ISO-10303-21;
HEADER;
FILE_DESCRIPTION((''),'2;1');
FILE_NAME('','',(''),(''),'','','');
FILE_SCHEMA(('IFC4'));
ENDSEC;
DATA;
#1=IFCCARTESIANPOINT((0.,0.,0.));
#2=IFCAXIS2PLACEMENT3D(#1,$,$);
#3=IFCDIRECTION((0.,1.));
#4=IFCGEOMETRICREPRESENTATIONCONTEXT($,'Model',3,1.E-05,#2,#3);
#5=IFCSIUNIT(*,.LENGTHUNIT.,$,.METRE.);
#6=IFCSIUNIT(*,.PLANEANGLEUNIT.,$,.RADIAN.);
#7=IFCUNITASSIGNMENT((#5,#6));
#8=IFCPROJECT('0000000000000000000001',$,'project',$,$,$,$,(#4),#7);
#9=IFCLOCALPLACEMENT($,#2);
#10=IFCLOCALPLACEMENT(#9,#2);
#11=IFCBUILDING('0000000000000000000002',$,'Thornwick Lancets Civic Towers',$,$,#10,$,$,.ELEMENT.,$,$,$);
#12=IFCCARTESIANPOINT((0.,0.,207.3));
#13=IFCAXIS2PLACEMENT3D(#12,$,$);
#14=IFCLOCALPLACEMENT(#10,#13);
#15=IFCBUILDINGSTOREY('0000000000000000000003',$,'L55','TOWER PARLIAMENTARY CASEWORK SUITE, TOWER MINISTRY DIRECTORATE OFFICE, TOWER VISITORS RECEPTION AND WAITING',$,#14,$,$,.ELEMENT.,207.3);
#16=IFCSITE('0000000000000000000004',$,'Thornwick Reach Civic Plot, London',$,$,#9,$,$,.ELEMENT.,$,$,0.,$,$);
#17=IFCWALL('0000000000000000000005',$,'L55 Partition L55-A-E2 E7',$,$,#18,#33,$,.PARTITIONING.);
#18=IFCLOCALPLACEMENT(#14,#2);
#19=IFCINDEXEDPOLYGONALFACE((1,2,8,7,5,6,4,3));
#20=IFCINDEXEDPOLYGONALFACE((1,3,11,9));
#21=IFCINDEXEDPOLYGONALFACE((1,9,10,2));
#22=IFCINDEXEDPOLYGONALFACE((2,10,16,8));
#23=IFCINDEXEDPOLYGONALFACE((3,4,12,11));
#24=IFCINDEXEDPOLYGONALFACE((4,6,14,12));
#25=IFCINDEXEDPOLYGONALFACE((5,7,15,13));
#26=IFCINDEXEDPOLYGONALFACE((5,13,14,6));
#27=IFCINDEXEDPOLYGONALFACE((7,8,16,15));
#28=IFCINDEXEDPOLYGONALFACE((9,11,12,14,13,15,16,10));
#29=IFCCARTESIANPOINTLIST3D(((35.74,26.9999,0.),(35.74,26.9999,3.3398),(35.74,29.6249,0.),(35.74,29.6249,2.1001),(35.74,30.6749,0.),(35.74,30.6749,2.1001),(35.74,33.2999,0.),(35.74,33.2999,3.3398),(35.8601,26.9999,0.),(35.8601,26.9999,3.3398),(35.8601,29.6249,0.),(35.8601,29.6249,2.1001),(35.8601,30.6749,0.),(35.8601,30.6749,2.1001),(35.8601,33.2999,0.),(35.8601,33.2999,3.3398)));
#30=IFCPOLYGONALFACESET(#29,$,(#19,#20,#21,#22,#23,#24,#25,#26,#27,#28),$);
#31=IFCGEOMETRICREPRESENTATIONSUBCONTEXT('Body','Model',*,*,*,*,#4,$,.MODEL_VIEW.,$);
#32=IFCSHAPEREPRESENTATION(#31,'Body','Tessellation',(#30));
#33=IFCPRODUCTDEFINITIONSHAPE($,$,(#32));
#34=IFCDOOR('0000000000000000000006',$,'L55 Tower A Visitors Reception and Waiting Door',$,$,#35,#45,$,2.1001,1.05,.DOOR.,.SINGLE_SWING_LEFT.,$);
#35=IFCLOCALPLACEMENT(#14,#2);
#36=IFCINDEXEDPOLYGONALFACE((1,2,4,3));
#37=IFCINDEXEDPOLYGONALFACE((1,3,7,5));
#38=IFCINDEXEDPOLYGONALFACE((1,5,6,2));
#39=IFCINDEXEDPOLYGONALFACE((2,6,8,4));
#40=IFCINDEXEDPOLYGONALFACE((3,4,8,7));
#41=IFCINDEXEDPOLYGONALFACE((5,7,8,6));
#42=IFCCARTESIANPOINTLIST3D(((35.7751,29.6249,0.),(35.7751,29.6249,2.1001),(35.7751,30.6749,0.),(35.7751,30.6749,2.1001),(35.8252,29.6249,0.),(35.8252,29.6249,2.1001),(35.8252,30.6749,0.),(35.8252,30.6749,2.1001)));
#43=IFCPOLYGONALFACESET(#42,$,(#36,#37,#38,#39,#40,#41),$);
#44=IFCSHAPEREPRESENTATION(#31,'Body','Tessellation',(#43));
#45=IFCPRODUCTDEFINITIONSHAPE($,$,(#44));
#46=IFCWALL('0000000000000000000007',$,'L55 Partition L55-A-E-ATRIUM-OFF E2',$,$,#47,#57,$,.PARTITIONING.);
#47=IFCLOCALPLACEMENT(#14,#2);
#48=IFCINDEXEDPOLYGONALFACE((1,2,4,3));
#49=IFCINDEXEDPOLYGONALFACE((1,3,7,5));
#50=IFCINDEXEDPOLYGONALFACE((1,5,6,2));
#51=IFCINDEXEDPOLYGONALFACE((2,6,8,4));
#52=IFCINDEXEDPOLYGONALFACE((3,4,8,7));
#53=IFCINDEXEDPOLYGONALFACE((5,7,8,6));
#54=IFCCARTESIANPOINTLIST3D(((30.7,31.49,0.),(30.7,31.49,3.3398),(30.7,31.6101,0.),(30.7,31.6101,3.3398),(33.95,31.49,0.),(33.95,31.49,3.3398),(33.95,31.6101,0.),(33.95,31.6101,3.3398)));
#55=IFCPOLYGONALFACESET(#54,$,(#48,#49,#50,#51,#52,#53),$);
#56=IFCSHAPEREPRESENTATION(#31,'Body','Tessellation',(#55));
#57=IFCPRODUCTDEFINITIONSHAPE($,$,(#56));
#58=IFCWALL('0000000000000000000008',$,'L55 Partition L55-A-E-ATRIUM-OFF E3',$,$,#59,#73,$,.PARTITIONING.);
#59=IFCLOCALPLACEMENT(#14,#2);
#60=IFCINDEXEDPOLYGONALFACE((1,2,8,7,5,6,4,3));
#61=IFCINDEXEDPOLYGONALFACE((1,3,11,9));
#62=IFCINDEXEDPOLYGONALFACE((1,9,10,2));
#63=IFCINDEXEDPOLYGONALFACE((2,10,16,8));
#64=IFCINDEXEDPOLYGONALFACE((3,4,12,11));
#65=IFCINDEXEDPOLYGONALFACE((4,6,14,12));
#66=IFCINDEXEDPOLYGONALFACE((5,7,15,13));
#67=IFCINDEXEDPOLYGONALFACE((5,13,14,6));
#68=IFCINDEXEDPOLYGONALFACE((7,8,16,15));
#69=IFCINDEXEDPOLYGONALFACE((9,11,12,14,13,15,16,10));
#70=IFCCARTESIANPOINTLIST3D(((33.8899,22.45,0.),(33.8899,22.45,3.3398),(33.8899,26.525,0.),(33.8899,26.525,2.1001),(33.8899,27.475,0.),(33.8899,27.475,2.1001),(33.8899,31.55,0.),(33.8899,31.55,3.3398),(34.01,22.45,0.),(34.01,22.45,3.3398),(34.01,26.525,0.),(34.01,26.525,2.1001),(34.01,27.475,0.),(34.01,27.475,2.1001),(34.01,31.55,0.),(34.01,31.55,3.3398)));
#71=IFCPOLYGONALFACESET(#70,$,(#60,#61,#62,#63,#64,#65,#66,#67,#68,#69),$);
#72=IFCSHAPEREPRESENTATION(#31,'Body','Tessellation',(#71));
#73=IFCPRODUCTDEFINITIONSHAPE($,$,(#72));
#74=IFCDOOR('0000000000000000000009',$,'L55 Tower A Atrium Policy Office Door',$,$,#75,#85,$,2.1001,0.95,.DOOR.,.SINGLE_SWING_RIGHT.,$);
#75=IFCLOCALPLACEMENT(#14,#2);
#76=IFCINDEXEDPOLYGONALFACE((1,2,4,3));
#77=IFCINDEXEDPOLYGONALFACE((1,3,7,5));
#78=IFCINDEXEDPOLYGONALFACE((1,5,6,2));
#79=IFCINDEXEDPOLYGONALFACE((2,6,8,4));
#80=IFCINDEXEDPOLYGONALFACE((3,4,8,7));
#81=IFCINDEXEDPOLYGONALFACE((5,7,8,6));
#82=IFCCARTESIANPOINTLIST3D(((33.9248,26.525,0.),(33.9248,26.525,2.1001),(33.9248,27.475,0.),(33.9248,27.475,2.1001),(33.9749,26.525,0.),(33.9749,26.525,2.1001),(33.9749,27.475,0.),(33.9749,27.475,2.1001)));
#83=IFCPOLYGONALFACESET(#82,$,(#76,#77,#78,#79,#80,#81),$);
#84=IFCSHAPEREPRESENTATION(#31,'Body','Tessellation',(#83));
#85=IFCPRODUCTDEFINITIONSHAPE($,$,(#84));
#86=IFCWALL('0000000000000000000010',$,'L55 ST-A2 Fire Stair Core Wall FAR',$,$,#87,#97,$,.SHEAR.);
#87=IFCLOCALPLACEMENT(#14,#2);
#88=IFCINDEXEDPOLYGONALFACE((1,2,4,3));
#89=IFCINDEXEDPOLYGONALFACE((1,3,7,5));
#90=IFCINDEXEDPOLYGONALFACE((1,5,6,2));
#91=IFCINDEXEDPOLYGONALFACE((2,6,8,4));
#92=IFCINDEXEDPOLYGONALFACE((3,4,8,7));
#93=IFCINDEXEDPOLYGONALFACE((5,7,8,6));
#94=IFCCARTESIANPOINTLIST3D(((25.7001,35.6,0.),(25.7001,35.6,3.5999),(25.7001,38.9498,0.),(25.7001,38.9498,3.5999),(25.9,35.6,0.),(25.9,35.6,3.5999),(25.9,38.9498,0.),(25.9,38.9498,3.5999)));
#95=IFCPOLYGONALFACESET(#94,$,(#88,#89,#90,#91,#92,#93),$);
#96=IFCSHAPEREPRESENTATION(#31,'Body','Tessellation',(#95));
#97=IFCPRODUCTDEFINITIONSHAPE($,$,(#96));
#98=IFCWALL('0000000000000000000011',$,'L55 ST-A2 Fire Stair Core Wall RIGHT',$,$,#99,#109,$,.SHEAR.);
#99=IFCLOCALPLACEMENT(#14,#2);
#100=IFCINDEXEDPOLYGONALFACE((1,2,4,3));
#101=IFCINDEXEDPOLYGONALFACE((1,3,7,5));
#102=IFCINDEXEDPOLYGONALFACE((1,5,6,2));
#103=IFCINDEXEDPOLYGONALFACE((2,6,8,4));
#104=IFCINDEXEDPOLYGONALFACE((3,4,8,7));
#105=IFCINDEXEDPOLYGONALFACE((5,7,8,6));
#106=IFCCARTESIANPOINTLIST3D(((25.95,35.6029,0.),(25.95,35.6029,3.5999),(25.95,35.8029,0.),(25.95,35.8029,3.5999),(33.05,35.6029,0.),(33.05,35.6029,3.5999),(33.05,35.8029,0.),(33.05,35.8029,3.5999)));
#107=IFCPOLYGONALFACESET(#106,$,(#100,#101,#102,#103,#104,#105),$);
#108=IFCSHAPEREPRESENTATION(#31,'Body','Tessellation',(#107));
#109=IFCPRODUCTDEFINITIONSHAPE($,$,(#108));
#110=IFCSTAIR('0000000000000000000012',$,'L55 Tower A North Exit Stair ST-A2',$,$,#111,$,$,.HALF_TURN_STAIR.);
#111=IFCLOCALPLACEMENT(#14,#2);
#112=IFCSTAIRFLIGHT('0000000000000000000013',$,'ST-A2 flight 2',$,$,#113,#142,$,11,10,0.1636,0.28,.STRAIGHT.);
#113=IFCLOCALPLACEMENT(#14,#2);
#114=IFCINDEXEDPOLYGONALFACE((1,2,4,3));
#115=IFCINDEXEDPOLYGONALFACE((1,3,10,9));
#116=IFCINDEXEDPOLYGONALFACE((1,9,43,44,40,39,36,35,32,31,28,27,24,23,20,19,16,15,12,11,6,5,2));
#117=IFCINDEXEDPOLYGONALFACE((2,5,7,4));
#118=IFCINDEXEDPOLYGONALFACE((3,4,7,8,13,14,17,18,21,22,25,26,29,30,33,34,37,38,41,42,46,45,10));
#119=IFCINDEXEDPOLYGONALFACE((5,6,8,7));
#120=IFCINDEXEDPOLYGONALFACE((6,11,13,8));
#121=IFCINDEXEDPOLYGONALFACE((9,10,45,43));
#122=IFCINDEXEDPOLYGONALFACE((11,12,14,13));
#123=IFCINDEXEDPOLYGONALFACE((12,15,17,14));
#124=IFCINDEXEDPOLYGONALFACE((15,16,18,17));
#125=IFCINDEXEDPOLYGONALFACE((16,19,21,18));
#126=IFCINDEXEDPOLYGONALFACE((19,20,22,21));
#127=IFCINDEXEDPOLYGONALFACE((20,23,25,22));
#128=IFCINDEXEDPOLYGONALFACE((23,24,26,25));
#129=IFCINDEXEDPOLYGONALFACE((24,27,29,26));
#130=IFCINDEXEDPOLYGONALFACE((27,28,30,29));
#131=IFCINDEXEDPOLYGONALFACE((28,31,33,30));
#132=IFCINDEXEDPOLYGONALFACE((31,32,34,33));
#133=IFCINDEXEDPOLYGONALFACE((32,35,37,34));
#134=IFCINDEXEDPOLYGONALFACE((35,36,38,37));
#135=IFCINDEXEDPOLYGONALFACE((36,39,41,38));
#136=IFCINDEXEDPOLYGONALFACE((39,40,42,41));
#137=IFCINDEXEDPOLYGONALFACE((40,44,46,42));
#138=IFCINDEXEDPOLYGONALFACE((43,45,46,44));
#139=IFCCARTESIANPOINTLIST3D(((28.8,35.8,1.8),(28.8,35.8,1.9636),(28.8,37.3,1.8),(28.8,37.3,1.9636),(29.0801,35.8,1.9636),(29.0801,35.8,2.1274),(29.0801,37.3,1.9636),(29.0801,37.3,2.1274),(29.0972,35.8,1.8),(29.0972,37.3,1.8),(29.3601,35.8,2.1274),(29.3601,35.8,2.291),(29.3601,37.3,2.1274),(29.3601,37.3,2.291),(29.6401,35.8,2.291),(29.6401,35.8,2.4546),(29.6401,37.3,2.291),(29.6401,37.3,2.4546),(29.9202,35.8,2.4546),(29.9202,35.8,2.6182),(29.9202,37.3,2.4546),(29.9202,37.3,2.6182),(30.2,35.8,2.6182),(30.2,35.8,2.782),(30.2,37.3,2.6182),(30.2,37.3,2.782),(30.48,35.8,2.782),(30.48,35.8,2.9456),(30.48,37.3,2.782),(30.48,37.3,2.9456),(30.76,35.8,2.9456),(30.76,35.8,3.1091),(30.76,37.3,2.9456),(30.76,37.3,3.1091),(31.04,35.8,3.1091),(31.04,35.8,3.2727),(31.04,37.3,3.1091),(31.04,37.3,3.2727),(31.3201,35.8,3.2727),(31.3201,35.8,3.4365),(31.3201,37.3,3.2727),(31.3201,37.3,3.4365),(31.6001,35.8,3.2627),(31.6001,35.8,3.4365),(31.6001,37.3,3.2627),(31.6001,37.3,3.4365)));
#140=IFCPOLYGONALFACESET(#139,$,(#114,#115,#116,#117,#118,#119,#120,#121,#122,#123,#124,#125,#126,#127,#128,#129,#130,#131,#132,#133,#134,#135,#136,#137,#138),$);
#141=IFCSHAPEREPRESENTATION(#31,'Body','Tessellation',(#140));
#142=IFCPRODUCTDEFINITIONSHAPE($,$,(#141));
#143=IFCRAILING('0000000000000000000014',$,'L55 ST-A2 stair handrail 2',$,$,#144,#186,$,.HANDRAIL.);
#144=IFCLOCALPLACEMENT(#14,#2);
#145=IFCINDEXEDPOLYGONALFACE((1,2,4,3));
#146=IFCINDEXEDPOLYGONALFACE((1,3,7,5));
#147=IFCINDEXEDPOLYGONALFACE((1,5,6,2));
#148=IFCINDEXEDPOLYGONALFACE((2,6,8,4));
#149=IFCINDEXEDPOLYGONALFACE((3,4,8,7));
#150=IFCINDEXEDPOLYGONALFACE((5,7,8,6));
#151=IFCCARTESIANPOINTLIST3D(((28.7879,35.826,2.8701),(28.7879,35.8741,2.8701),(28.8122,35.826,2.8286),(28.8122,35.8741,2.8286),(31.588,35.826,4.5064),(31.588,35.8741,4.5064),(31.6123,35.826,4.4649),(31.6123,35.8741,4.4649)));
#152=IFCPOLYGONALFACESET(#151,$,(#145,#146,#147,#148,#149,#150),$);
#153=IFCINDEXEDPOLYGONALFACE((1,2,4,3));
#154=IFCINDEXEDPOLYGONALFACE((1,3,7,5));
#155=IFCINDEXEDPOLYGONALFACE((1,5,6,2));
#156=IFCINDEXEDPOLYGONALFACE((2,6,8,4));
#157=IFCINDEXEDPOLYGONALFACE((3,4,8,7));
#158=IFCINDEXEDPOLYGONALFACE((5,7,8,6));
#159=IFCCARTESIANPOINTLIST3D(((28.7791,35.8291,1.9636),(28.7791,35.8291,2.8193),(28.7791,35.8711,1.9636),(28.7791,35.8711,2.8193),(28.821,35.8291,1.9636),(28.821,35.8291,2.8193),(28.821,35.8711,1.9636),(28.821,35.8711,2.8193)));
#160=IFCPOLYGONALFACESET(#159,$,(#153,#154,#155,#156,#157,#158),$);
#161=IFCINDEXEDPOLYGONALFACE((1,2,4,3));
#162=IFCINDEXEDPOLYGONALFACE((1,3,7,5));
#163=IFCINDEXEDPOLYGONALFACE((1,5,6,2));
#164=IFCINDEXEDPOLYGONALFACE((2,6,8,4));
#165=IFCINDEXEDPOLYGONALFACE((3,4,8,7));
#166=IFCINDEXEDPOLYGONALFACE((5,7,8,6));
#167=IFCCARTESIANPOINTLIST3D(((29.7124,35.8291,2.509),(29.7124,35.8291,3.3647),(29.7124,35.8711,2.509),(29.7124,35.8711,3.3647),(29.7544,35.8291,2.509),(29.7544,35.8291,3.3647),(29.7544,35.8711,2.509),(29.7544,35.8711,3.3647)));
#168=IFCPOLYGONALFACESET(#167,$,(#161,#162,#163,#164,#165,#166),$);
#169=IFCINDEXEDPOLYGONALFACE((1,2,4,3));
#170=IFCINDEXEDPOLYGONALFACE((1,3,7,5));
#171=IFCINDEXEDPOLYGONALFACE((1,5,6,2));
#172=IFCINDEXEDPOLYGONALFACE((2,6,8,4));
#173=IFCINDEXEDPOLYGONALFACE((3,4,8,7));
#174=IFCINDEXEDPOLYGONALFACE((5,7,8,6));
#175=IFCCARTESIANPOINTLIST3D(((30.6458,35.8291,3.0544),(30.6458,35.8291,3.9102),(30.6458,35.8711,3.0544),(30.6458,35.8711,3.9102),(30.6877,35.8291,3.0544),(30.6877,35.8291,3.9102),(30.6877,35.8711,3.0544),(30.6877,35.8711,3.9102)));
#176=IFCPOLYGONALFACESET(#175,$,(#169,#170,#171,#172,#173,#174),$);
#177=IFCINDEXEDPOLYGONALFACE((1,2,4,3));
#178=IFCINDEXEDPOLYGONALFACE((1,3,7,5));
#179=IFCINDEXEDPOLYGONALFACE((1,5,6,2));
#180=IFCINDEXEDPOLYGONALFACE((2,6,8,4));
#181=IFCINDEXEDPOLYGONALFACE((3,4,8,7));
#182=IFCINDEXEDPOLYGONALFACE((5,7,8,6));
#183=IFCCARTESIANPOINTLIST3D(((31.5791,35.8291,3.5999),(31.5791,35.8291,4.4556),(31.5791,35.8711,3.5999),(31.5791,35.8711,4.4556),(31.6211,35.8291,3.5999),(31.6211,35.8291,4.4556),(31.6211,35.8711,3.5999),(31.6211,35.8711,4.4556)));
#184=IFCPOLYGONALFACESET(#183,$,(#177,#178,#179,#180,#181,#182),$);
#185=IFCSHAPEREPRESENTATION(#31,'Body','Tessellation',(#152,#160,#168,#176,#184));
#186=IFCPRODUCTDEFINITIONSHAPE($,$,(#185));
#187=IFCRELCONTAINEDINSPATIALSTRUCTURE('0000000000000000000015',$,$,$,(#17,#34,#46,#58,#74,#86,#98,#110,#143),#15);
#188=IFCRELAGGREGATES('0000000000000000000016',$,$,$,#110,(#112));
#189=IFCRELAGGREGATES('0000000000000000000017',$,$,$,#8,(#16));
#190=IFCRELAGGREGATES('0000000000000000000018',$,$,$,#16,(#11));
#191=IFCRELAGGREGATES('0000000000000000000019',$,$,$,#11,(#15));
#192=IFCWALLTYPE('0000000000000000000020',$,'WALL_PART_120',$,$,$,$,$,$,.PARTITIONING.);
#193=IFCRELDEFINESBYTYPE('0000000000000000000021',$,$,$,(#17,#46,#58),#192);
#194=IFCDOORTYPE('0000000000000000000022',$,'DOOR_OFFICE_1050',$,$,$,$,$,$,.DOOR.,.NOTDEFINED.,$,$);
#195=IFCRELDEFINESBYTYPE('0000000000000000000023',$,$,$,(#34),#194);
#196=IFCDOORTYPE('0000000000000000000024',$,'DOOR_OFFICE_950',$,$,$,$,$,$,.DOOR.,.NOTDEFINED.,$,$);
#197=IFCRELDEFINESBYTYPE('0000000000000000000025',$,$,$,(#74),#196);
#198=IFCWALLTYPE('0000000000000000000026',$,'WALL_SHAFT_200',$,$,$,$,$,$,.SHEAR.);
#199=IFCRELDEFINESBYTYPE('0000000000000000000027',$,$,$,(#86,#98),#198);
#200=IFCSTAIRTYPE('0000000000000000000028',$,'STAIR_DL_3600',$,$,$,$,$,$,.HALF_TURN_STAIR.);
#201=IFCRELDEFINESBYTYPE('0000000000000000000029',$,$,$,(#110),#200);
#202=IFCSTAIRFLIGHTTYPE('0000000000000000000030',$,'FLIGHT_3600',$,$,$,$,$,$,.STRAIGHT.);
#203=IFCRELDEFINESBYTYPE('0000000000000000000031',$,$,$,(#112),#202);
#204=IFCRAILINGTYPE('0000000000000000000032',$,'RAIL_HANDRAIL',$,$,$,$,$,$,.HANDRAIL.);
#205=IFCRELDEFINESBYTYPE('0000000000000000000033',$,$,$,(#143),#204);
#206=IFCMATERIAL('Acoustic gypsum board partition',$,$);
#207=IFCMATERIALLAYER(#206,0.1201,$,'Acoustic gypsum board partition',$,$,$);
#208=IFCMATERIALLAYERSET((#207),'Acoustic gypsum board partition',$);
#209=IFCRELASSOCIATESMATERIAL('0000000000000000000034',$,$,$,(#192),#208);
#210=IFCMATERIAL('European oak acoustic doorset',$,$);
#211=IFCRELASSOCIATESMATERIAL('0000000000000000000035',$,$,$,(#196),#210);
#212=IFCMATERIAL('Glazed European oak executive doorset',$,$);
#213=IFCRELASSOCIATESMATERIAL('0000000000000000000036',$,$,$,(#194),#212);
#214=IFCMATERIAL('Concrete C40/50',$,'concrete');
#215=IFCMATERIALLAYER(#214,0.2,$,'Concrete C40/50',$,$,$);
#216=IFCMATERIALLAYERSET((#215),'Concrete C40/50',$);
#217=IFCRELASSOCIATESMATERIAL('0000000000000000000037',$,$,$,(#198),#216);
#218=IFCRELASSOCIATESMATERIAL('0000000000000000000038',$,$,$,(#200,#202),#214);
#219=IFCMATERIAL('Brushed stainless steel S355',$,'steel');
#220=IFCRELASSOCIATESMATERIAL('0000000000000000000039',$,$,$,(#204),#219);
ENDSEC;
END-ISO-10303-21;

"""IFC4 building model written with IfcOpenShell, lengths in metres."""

from ifc_helpers import new_model, si_unit, direction, frame, frame_2d, origin, origin_2d, place, context, subcontext, project, spatial, polyline, rectangle, outline, extrude, material, layer, layer_set, type_object, element, fill, aggregate, save


model = new_model("IFC4")

# Units and contexts
model_context = context("Model", 3, precision=1e-05, world=origin(), true_north=direction((0.0, 1.0)))
body_context = subcontext(model_context, "Body", "Model", "MODEL_VIEW")
ifc_project = project(units=[si_unit("LENGTHUNIT", "METRE"), si_unit("PLANEANGLEUNIT", "RADIAN")], contexts=[model_context])

# Site, building, storey
site_placement = place(None, origin())
site = spatial("IfcSite", under=ifc_project, at=site_placement, Name="Thornwick Reach Civic Plot, London", CompositionType="ELEMENT", RefElevation=0.0)
building_placement = place(site_placement, origin())
building = spatial("IfcBuilding", under=site, at=building_placement, Name="Thornwick Lancets Civic Towers", CompositionType="ELEMENT")
storey_placement = place(building_placement, frame((0.0, 0.0, 207.3)))
storey = spatial("IfcBuildingStorey", under=building, at=storey_placement, Name="L55", Description="TOWER PARLIAMENTARY CASEWORK SUITE, TOWER MINISTRY DIRECTORATE OFFICE, TOWER VISITORS RECEPTION AND WAITING", CompositionType="ELEMENT", Elevation=207.3)

# Shared definitions
ifc_material_1 = material(Name="Acoustic gypsum board partition")
ifc_layer_1 = layer(ifc_material_1, 0.1201, Name="Acoustic gypsum board partition")
ifc_layer_set_1 = layer_set([ifc_layer_1], Name="Acoustic gypsum board partition")
wall_type_1 = type_object("IfcWallType", Name="WALL_PART_120", PredefinedType="PARTITIONING", material=ifc_layer_set_1)

# Shared definitions
ifc_material_2 = material(Name="European oak acoustic doorset")
door_type_1 = type_object("IfcDoorType", Name="DOOR_OFFICE_950", OperationType="NOTDEFINED", PredefinedType="DOOR", material=ifc_material_2)

# Wall, opening, door
wall_1_placement = place(storey_placement, frame((35.8, 27.0, 0.0), z_axis=(0.0, 0.0, 1.0), x_axis=(0.0, 1.0, 0.0)))
wall_1 = element("IfcWall", 1, at=wall_1_placement, inside=storey, type_object=wall_type_1, Name="L55 Partition L55-A-E2 E7", PredefinedType="PARTITIONING", context=body_context, shape_type="SweptSolid", body=[
    extrude(rectangle(XDim=6.3, YDim=0.1201, at=frame_2d((3.1499, 0.0))), origin(), (0.0, 0.0, 1.0), 3.3398),
])
opening_1_placement = place(wall_1_placement, frame((2.625, 0.0, 0.0)))
opening_1 = element("IfcOpeningElement", 2, at=opening_1_placement, cuts=wall_1, PredefinedType="OPENING", context=body_context, shape_type="SweptSolid", body=[
    extrude(rectangle(XDim=1.05, YDim=2.1001, at=frame_2d((0.5249, 1.05))), frame((0.0, 0.0701, 0.0), z_axis=(0.0, -1.0, 0.0), x_axis=(1.0, 0.0, 0.0)), (0.0, 0.0, 1.0), 0.1401),
])
ifc_material_3 = material(Name="Glazed European oak executive doorset")
door_type_2 = type_object("IfcDoorType", Name="DOOR_OFFICE_1050", OperationType="NOTDEFINED", PredefinedType="DOOR", material=ifc_material_3)
door_1_placement = place(opening_1_placement, origin())
door_1 = element("IfcDoor", 3, at=door_1_placement, inside=storey, type_object=door_type_2, Name="L55 Tower A Visitors Reception and Waiting Door", OperationType="SINGLE_SWING_LEFT", OverallHeight=2.1001, OverallWidth=1.05, PredefinedType="DOOR", context=body_context, shape_type="SweptSolid", body=[
    extrude(rectangle(XDim=1.05, YDim=2.1001, at=frame_2d((0.5249, 1.05))), frame((0.0, 0.0249, 0.0), z_axis=(0.0, -1.0, 0.0), x_axis=(1.0, 0.0, 0.0)), (0.0, 0.0, 1.0), 0.05),
])
fill(opening_1, door_1)

# Wall
wall_2_placement = place(storey_placement, frame((30.7, 31.55, 0.0), z_axis=(0.0, 0.0, 1.0), x_axis=(1.0, 0.0, 0.0)))
element("IfcWall", 4, at=wall_2_placement, inside=storey, type_object=wall_type_1, Name="L55 Partition L55-A-E-ATRIUM-OFF E2", PredefinedType="PARTITIONING", context=body_context, shape_type="SweptSolid", body=[
    extrude(rectangle(XDim=3.25, YDim=0.1201, at=frame_2d((1.625, 0.0))), origin(), (0.0, 0.0, 1.0), 3.3398),
])

# Wall, opening, door
wall_3_placement = place(storey_placement, frame((33.95, 31.55, 0.0), z_axis=(0.0, 0.0, 1.0), x_axis=(0.0, -1.0, 0.0)))
wall_3 = element("IfcWall", 5, at=wall_3_placement, inside=storey, type_object=wall_type_1, Name="L55 Partition L55-A-E-ATRIUM-OFF E3", PredefinedType="PARTITIONING", context=body_context, shape_type="SweptSolid", body=[
    extrude(rectangle(XDim=9.1001, YDim=0.1201, at=frame_2d((4.55, 0.0))), origin(), (0.0, 0.0, 1.0), 3.3398),
])
opening_2_placement = place(wall_3_placement, frame((4.075, 0.0, 0.0)))
opening_2 = element("IfcOpeningElement", 6, at=opening_2_placement, cuts=wall_3, PredefinedType="OPENING", context=body_context, shape_type="SweptSolid", body=[
    extrude(rectangle(XDim=0.95, YDim=2.1001, at=frame_2d((0.4751, 1.05))), frame((0.0, 0.0701, 0.0), z_axis=(0.0, -1.0, 0.0), x_axis=(1.0, 0.0, 0.0)), (0.0, 0.0, 1.0), 0.1401),
])
door_2_placement = place(opening_2_placement, origin())
door_2 = element("IfcDoor", 7, at=door_2_placement, inside=storey, type_object=door_type_1, Name="L55 Tower A Atrium Policy Office Door", OperationType="SINGLE_SWING_RIGHT", OverallHeight=2.1001, OverallWidth=0.95, PredefinedType="DOOR", context=body_context, shape_type="SweptSolid", body=[
    extrude(rectangle(XDim=0.95, YDim=2.1001, at=frame_2d((0.4751, 1.05))), frame((0.0, 0.0249, 0.0), z_axis=(0.0, -1.0, 0.0), x_axis=(1.0, 0.0, 0.0)), (0.0, 0.0, 1.0), 0.05),
])
fill(opening_2, door_2)

# Walls
ifc_material_4 = material(Name="Concrete C40/50", Category="concrete")
ifc_layer_2 = layer(ifc_material_4, 0.2, Name="Concrete C40/50")
ifc_layer_set_2 = layer_set([ifc_layer_2], Name="Concrete C40/50")
wall_type_2 = type_object("IfcWallType", Name="WALL_SHAFT_200", PredefinedType="SHEAR", material=ifc_layer_set_2)
wall_4_placement = place(storey_placement, frame((25.8, 35.6001, 0.0), z_axis=(0.0, 0.0, 1.0), x_axis=(0.0, 1.0, 0.0)))
element("IfcWall", 8, at=wall_4_placement, inside=storey, type_object=wall_type_2, Name="L55 ST-A2 Fire Stair Core Wall FAR", PredefinedType="SHEAR", context=body_context, shape_type="SweptSolid", body=[
    extrude(rectangle(XDim=3.3499, YDim=0.2, at=frame_2d((1.6748, 0.0))), origin(), (0.0, 0.0, 1.0), 3.5999),
])
wall_5_placement = place(storey_placement, frame((25.95, 35.7029, 0.0), z_axis=(0.0, 0.0, 1.0), x_axis=(1.0, 0.0, 0.0)))
element("IfcWall", 9, at=wall_5_placement, inside=storey, type_object=wall_type_2, Name="L55 ST-A2 Fire Stair Core Wall RIGHT", PredefinedType="SHEAR", context=body_context, shape_type="SweptSolid", body=[
    extrude(rectangle(XDim=7.1001, YDim=0.2, at=frame_2d((3.55, 0.0))), origin(), (0.0, 0.0, 1.0), 3.5999),
])

# Stair, stair flight
stair_type = type_object("IfcStairType", Name="STAIR_DL_3600", PredefinedType="HALF_TURN_STAIR", material=ifc_material_4)
stair_placement = place(storey_placement, origin())
stair = element("IfcStair", 10, at=stair_placement, inside=storey, type_object=stair_type, Name="L55 Tower A North Exit Stair ST-A2", PredefinedType="HALF_TURN_STAIR")
stair_flight_type = type_object("IfcStairFlightType", Name="FLIGHT_3600", PredefinedType="STRAIGHT", material=ifc_material_4)
stair_flight_placement = place(storey_placement, frame((28.8, 36.55, 1.8), z_axis=(0.0, 0.0, 1.0), x_axis=(1.0, 0.0, 0.0)))
stair_flight = element("IfcStairFlight", 11, at=stair_flight_placement, type_object=stair_flight_type, Name="ST-A2 flight 2", NumberOfRisers=11, NumberOfTreads=10, PredefinedType="STRAIGHT", RiserHeight=0.1636, TreadLength=0.28, context=body_context, shape_type="SweptSolid", body=[
    extrude(outline(polyline([(0.0, 0.0), (0.0, 0.1636), (0.28, 0.1636), (0.28, 0.3274), (0.5601, 0.3274), (0.5601, 0.491), (0.8401, 0.491), (0.8401, 0.6545), (1.1201, 0.6545), (1.1201, 0.8181), (1.3999, 0.8181), (1.3999, 0.9819), (1.6799, 0.9819), (1.6799, 1.1455), (1.96, 1.1455), (1.96, 1.3091), (2.24, 1.3091), (2.24, 1.4727), (2.52, 1.4727), (2.52, 1.6365), (2.8, 1.6365), (2.8, 1.8), (2.8, 1.4626), (0.2971, 0.0), (0.0, 0.0)])), frame((0.0, 0.75, 0.0), z_axis=(0.0, -1.0, 0.0), x_axis=(1.0, 0.0, 0.0)), (0.0, 0.0, 1.0), 1.5),
])
aggregate(stair, [stair_flight])

# Railing
ifc_material_5 = material(Name="Brushed stainless steel S355", Category="steel")
railing_type = type_object("IfcRailingType", Name="RAIL_HANDRAIL", PredefinedType="HANDRAIL", material=ifc_material_5)
railing_placement = place(storey_placement, frame((28.8, 35.8501, 1.9636)))
element("IfcRailing", 12, at=railing_placement, inside=storey, type_object=railing_type, Name="L55 ST-A2 stair handrail 2", PredefinedType="HANDRAIL", context=body_context, shape_type="SweptSolid", body=[
    extrude(rectangle(XDim=0.0481, YDim=0.0481, at=origin_2d()), frame((0.0, 0.0, 0.8857), z_axis=(0.863394, 0.0, 0.504531), x_axis=(0.0, 1.0, 0.0)), (0.0, 0.0, 1.0), 3.2432),
    extrude(rectangle(XDim=0.042, YDim=0.042, at=origin_2d()), origin(), (0.0, 0.0, 1.0), 0.8557),
    extrude(rectangle(XDim=0.042, YDim=0.042, at=origin_2d()), frame((0.9333, 0.0, 0.5454)), (0.0, 0.0, 1.0), 0.8557),
    extrude(rectangle(XDim=0.042, YDim=0.042, at=origin_2d()), frame((1.8667, 0.0, 1.0908)), (0.0, 0.0, 1.0), 0.8557),
    extrude(rectangle(XDim=0.042, YDim=0.042, at=origin_2d()), frame((2.8, 0.0, 1.6362)), (0.0, 0.0, 1.0), 0.8557),
])

save(model, "model.ifc")
